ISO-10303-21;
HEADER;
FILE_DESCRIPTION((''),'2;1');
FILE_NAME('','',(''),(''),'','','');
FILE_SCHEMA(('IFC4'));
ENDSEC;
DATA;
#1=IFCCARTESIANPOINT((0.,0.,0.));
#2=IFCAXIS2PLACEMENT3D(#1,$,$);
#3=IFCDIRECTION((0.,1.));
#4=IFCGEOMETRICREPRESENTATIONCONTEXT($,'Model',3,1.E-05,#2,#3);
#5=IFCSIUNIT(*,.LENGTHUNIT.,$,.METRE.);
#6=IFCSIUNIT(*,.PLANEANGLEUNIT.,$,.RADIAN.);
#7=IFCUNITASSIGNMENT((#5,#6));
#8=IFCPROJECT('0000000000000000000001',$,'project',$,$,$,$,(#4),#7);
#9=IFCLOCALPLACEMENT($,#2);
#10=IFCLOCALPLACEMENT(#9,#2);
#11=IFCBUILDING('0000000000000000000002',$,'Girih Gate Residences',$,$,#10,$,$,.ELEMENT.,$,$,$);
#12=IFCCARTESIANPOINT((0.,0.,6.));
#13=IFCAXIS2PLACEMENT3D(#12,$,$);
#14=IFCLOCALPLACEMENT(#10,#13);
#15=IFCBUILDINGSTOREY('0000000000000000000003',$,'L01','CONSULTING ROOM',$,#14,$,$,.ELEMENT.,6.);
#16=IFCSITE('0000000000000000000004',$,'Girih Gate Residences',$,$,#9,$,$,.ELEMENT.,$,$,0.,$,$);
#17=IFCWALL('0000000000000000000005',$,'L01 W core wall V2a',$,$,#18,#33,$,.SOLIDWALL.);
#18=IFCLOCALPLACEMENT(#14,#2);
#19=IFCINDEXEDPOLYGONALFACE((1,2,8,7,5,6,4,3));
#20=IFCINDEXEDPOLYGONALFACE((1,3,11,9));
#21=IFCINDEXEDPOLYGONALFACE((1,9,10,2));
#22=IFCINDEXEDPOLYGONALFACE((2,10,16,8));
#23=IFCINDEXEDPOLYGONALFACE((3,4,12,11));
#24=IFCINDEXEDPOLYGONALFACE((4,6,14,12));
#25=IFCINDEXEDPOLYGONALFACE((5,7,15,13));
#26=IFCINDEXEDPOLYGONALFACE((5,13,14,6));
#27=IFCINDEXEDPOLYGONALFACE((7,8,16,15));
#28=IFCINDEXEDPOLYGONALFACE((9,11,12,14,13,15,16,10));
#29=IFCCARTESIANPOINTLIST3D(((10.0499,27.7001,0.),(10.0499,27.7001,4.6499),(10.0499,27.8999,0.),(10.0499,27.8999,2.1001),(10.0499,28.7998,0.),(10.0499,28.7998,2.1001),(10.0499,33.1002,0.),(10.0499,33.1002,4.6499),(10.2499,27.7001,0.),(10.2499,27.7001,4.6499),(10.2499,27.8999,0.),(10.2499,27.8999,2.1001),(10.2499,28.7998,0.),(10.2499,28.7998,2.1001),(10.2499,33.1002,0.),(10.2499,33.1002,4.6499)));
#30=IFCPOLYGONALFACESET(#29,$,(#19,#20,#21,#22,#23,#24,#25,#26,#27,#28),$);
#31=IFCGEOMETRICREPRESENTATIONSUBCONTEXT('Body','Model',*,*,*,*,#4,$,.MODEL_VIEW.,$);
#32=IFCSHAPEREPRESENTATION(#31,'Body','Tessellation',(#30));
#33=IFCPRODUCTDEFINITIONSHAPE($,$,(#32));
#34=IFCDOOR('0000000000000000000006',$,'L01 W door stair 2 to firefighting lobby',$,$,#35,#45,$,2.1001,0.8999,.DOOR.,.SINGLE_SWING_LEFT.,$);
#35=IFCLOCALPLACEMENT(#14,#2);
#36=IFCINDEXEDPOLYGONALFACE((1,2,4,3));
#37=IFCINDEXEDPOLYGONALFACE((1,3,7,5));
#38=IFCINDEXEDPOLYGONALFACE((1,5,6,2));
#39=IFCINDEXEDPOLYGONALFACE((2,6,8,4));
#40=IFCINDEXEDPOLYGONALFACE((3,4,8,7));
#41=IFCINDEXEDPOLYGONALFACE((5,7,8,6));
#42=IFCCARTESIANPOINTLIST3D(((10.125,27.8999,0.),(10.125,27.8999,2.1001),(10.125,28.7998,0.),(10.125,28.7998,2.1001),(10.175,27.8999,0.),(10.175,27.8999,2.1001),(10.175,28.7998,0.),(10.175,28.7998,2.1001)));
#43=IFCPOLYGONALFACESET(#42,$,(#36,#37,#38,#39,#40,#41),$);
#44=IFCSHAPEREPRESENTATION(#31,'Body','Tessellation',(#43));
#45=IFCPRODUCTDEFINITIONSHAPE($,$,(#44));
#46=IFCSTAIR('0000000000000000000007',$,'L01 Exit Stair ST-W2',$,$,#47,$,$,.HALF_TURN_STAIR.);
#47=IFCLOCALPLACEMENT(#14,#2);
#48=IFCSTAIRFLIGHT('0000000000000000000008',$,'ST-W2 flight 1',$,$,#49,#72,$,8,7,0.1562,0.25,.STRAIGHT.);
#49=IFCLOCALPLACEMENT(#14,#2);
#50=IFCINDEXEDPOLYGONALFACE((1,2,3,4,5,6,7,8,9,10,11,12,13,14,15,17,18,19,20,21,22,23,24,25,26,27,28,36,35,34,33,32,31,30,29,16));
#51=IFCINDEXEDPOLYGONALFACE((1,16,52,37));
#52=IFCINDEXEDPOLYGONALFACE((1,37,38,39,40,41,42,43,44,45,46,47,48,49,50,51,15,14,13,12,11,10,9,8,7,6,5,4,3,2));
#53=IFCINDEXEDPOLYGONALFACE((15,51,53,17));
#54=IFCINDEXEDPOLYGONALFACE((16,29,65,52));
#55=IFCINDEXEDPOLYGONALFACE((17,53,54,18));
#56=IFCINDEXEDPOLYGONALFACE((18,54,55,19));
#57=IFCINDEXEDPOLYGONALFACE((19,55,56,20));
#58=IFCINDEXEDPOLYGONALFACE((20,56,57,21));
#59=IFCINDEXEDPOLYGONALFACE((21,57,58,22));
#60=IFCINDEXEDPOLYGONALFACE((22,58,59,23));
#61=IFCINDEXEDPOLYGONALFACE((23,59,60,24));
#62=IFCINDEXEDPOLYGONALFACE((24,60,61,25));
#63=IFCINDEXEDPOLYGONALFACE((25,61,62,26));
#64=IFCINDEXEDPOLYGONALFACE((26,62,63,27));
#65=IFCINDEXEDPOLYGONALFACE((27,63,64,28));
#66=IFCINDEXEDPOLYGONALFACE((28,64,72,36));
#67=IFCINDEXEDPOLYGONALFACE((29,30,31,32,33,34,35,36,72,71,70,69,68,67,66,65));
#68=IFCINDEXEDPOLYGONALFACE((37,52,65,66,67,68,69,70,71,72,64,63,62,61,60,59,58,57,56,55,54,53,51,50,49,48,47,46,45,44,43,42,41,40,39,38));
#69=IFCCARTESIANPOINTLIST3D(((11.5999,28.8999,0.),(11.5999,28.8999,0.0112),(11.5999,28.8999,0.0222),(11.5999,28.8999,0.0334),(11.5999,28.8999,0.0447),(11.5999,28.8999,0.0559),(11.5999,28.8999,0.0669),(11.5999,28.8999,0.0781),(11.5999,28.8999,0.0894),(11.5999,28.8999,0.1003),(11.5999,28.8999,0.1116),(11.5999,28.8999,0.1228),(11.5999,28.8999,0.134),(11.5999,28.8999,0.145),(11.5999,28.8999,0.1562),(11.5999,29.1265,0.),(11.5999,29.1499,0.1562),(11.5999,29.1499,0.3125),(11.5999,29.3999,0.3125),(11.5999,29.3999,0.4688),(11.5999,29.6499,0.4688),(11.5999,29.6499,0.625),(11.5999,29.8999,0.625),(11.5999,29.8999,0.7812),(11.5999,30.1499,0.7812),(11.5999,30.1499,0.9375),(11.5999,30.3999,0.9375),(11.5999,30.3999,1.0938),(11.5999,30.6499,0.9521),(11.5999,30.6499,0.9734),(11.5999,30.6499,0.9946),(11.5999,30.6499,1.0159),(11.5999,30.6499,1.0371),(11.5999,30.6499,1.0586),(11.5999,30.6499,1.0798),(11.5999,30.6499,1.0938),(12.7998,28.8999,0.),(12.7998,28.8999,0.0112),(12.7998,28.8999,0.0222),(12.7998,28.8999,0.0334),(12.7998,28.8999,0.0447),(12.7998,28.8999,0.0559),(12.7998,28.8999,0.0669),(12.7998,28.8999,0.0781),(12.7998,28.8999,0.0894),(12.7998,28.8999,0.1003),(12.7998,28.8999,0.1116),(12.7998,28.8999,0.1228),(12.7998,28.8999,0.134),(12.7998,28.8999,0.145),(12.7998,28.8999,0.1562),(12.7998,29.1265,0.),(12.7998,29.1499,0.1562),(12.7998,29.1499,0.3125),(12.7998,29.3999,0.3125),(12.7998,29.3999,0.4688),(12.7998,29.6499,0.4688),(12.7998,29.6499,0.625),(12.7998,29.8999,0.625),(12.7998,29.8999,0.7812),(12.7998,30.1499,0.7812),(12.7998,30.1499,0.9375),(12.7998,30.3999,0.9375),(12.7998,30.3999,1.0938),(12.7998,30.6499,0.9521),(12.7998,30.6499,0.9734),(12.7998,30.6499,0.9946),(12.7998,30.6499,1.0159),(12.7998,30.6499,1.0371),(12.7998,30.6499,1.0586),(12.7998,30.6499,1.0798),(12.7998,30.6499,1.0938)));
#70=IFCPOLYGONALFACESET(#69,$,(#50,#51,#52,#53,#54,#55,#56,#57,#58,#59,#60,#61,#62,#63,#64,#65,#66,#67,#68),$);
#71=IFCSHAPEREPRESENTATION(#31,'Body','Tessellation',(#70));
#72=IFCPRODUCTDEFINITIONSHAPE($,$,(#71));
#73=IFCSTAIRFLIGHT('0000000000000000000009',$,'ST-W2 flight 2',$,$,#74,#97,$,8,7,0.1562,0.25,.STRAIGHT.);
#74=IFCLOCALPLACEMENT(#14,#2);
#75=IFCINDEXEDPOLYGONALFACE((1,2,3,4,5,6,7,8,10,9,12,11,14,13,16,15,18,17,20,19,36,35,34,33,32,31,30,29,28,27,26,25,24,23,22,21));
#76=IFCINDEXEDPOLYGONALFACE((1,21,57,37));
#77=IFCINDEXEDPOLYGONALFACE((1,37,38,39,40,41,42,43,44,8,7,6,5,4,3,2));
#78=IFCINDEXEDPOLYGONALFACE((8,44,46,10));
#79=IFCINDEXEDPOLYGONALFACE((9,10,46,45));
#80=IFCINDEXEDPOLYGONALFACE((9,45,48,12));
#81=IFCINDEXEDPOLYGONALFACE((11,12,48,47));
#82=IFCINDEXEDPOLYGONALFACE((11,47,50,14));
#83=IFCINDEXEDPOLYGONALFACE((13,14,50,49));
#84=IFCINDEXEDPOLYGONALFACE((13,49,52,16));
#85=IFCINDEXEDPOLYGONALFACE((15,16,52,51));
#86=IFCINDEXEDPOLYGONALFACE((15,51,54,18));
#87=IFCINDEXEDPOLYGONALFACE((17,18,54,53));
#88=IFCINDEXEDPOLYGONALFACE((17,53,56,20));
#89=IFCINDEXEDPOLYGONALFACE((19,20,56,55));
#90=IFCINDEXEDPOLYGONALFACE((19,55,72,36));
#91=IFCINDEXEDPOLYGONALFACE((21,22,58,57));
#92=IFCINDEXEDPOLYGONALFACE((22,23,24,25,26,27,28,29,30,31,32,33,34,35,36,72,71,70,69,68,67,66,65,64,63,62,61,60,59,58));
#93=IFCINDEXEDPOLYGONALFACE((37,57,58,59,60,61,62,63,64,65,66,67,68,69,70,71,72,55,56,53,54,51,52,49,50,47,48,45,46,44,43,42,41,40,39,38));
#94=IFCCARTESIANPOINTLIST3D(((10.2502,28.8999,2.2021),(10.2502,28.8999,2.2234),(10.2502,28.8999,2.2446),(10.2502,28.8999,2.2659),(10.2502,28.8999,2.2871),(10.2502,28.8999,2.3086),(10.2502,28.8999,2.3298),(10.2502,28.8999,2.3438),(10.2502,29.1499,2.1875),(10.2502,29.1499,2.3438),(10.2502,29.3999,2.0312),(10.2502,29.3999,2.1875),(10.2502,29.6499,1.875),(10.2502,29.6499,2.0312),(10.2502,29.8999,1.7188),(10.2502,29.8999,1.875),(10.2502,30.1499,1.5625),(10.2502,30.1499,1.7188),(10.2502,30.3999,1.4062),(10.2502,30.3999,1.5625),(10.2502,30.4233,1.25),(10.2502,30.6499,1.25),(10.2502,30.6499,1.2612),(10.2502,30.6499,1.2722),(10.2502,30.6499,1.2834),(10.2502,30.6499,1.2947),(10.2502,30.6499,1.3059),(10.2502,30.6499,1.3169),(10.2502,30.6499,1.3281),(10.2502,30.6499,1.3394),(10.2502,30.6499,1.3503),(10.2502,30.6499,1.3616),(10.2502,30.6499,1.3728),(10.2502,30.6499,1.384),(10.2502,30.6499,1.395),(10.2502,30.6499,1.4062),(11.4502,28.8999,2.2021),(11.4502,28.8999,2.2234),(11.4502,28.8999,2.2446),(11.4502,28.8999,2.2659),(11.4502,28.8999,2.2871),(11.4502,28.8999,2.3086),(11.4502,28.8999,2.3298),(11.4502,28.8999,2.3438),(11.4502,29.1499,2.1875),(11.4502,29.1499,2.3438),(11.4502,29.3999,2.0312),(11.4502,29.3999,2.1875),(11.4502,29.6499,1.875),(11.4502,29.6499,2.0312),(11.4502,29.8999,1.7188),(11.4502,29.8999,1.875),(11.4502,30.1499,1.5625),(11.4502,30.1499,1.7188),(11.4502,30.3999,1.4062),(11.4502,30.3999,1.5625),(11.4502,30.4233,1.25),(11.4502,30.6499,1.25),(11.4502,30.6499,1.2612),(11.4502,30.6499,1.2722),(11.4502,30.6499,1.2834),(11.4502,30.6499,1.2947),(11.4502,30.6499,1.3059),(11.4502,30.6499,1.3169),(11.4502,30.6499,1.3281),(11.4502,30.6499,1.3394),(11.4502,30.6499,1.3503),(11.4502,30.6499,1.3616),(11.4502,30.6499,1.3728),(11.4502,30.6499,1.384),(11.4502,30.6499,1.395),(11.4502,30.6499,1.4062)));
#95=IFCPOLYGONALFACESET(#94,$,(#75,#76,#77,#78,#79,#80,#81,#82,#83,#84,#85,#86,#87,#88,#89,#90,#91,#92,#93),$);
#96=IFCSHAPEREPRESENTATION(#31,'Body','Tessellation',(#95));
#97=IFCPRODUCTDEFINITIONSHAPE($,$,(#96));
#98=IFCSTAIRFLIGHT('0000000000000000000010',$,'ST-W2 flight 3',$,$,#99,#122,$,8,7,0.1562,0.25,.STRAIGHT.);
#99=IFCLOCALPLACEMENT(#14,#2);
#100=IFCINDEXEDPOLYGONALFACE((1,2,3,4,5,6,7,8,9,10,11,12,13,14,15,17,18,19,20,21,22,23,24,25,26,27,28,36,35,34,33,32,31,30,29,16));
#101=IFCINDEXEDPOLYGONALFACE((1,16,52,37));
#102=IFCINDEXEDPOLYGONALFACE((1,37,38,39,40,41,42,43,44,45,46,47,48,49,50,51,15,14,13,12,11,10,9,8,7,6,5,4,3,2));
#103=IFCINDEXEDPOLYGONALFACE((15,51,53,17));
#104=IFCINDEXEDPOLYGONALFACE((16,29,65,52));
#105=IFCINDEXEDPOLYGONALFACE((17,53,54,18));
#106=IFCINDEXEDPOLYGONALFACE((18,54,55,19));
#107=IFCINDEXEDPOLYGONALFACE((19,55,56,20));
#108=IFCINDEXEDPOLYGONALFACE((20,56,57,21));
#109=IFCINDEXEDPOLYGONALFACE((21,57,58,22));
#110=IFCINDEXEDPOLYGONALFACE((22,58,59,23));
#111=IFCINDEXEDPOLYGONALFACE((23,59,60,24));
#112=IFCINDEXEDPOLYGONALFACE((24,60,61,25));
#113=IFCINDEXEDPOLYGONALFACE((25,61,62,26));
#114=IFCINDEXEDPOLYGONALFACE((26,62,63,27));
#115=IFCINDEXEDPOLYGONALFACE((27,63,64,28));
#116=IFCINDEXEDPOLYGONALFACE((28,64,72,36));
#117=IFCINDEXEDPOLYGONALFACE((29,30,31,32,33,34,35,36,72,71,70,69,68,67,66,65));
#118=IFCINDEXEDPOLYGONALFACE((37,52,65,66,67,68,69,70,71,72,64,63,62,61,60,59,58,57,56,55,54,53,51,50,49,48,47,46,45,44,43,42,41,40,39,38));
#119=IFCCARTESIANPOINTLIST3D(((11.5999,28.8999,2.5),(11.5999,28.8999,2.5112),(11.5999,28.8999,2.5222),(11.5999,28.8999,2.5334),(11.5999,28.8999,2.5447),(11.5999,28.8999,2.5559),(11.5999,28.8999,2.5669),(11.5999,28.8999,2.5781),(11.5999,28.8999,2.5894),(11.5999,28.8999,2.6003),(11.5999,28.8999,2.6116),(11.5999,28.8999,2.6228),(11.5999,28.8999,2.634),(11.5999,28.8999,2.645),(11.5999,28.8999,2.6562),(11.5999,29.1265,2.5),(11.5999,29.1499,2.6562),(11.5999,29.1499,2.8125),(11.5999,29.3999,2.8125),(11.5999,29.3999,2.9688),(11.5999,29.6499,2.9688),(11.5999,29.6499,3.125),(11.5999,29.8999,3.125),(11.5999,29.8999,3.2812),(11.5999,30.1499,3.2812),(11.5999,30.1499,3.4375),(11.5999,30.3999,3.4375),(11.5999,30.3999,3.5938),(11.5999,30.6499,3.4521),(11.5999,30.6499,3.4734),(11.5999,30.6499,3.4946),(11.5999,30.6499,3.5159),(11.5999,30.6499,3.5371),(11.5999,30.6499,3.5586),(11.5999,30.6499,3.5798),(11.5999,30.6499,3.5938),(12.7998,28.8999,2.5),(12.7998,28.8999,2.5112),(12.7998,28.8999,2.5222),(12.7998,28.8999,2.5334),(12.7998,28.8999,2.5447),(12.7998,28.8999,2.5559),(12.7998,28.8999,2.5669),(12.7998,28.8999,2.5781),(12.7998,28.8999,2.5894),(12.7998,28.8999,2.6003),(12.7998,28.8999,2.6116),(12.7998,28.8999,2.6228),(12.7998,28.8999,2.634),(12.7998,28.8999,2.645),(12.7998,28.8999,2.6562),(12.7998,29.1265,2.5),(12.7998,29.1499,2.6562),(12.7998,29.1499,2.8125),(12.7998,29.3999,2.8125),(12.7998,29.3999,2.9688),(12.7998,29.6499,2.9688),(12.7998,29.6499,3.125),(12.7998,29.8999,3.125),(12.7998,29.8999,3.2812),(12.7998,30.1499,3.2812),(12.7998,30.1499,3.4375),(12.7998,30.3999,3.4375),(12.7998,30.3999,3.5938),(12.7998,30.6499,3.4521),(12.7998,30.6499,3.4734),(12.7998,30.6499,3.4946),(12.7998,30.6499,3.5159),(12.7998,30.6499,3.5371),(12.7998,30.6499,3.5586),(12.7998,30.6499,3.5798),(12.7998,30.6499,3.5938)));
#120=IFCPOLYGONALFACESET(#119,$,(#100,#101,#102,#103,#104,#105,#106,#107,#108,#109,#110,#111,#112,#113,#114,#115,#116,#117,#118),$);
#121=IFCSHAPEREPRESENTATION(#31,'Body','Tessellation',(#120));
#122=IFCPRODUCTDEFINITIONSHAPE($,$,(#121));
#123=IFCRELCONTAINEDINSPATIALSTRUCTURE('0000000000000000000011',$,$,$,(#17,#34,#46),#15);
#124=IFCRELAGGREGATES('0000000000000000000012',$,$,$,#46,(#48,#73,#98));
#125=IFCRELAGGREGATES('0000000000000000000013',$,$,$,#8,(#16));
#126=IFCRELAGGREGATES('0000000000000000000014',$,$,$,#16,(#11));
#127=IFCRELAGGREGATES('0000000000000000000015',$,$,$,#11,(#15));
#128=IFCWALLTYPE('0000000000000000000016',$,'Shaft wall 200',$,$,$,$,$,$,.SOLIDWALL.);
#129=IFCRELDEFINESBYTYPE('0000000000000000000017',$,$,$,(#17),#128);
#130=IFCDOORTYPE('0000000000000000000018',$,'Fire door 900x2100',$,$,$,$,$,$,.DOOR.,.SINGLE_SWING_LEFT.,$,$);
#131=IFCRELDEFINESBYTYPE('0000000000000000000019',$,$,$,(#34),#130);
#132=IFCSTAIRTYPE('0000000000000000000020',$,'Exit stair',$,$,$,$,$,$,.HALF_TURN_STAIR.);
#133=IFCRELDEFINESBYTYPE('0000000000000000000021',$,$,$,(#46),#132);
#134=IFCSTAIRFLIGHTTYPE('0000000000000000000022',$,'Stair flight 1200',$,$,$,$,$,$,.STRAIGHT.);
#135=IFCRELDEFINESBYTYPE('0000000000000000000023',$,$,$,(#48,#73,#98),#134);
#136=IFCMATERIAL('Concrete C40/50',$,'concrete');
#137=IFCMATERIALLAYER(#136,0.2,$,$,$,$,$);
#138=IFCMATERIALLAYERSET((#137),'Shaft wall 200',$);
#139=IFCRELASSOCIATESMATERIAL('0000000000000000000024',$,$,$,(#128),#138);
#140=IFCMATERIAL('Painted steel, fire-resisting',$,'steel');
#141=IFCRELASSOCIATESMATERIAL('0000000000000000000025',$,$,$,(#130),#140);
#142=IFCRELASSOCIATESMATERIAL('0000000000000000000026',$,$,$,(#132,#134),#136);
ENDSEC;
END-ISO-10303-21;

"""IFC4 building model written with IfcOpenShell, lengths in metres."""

from ifc_helpers import new_model, si_unit, direction, frame, frame_2d, origin, place, context, subcontext, project, spatial, polyline, rectangle, outline, extrude, material, layer, layer_set, type_object, element, fill, aggregate, save


model = new_model("IFC4")

# Units and contexts
model_context = context("Model", 3, precision=1e-05, world=origin(), true_north=direction((0.0, 1.0)))
body_context = subcontext(model_context, "Body", "Model", "MODEL_VIEW")
ifc_project = project(units=[si_unit("LENGTHUNIT", "METRE"), si_unit("PLANEANGLEUNIT", "RADIAN")], contexts=[model_context])

# Site, building, storey
site_placement = place(None, origin())
site = spatial("IfcSite", under=ifc_project, at=site_placement, Name="Girih Gate Residences", CompositionType="ELEMENT", RefElevation=0.0)
building_placement = place(site_placement, origin())
building = spatial("IfcBuilding", under=site, at=building_placement, Name="Girih Gate Residences", CompositionType="ELEMENT")
storey_placement = place(building_placement, frame((0.0, 0.0, 6.0)))
storey = spatial("IfcBuildingStorey", under=building, at=storey_placement, Name="L01", Description="CONSULTING ROOM", CompositionType="ELEMENT", Elevation=6.0)

# Shared definitions
ifc_material_1 = material(Name="Painted steel, fire-resisting", Category="steel")

# Wall, opening, door
ifc_material_2 = material(Name="Concrete C40/50", Category="concrete")
ifc_layer_1 = layer(ifc_material_2, 0.2)
ifc_layer_set_1 = layer_set([ifc_layer_1], Name="Shaft wall 200")
wall_type_1 = type_object("IfcWallType", Name="Shaft wall 200", PredefinedType="SOLIDWALL", material=ifc_layer_set_1)
wall_1_placement = place(storey_placement, frame((10.1499, 27.7, 0.0), z_axis=(0.0, 0.0, 1.0), x_axis=(0.0, 1.0, 0.0)))
wall_1 = element("IfcWall", 1, at=wall_1_placement, inside=storey, type_object=wall_type_1, Name="L01 W core wall V2a", PredefinedType="SOLIDWALL", context=body_context, shape_type="SweptSolid", body=[
    extrude(rectangle(XDim=5.4001, YDim=0.2, at=frame_2d((2.7002, 0.0))), origin(), (0.0, 0.0, 1.0), 4.6499),
])
opening_1_placement = place(wall_1_placement, frame((0.2, 0.0, 0.0)))
opening_1 = element("IfcOpeningElement", 2, at=opening_1_placement, cuts=wall_1, PredefinedType="OPENING", context=body_context, shape_type="SweptSolid", body=[
    extrude(rectangle(XDim=0.8999, YDim=2.1001, at=frame_2d((0.45, 1.05))), frame((0.0, 0.1099, 0.0), z_axis=(0.0, -1.0, 0.0), x_axis=(1.0, 0.0, 0.0)), (0.0, 0.0, 1.0), 0.22),
])
door_type_1 = type_object("IfcDoorType", Name="Fire door 900x2100", OperationType="SINGLE_SWING_LEFT", PredefinedType="DOOR", material=ifc_material_1)
door_1_placement = place(opening_1_placement, origin())
door_1 = element("IfcDoor", 3, at=door_1_placement, inside=storey, type_object=door_type_1, Name="L01 W door stair 2 to firefighting lobby", OperationType="SINGLE_SWING_LEFT", OverallHeight=2.1001, OverallWidth=0.8999, PredefinedType="DOOR", context=body_context, shape_type="SweptSolid", body=[
    extrude(rectangle(XDim=0.8999, YDim=2.1001, at=frame_2d((0.45, 1.05))), frame((0.0, 0.0249, 0.0), z_axis=(0.0, -1.0, 0.0), x_axis=(1.0, 0.0, 0.0)), (0.0, 0.0, 1.0), 0.05),
])
fill(opening_1, door_1)

# Stair, stair flights
stair_type = type_object("IfcStairType", Name="Exit stair", PredefinedType="HALF_TURN_STAIR", material=ifc_material_2)
stair_placement = place(storey_placement, origin())
stair = element("IfcStair", 4, at=stair_placement, inside=storey, type_object=stair_type, Name="L01 Exit Stair ST-W2", PredefinedType="HALF_TURN_STAIR")
stair_flight_type = type_object("IfcStairFlightType", Name="Stair flight 1200", PredefinedType="STRAIGHT", material=ifc_material_2)
stair_flight_1_placement = place(storey_placement, frame((12.2, 28.8999, 0.0), z_axis=(0.0, 0.0, 1.0), x_axis=(0.0, 1.0, 0.0)))
stair_flight_1 = element("IfcStairFlight", 5, at=stair_flight_1_placement, type_object=stair_flight_type, Name="ST-W2 flight 1", NumberOfRisers=8, NumberOfTreads=7, PredefinedType="STRAIGHT", RiserHeight=0.1562, TreadLength=0.25, context=body_context, shape_type="SweptSolid", body=[
    extrude(outline(polyline([(0.0, 0.0), (0.0, 0.0112), (0.0, 0.0222), (0.0, 0.0334), (0.0, 0.0447), (0.0, 0.0559), (0.0, 0.0669), (0.0, 0.0781), (0.0, 0.0894), (0.0, 0.1003), (0.0, 0.1116), (0.0, 0.1228), (0.0, 0.134), (0.0, 0.145), (0.0, 0.1562), (0.25, 0.1562), (0.25, 0.3125), (0.5, 0.3125), (0.5, 0.4688), (0.75, 0.4688), (0.75, 0.625), (1.0, 0.625), (1.0, 0.7812), (1.25, 0.7812), (1.25, 0.9375), (1.5, 0.9375), (1.5, 1.0938), (1.75, 1.0938), (1.75, 1.105), (1.75, 1.116), (1.75, 1.1272), (1.75, 1.1384), (1.75, 1.1497), (1.75, 1.1606), (1.75, 1.1719), (1.75, 1.1831), (1.75, 1.1941), (1.75, 1.2053), (1.75, 1.2166), (1.75, 1.2278), (1.75, 1.2388), (1.75, 1.25), (1.75, 1.2288), (1.75, 1.2075), (1.75, 1.1863), (1.75, 1.1648), (1.75, 1.1436), (1.75, 1.1223), (1.75, 1.1011), (1.75, 1.0798), (1.75, 1.0586), (1.75, 1.0371), (1.75, 1.0159), (1.75, 0.9946), (1.75, 0.9734), (1.75, 0.9521), (0.2266, 0.0), (0.0, 0.0)])), frame((0.0, 0.6001, 0.0), z_axis=(0.0, -1.0, 0.0), x_axis=(1.0, 0.0, 0.0)), (0.0, 0.0, 1.0), 1.2),
])
stair_flight_2_placement = place(storey_placement, frame((10.8501, 30.6499, 1.25), z_axis=(0.0, 0.0, 1.0), x_axis=(0.0, -1.0, 0.0)))
stair_flight_2 = element("IfcStairFlight", 6, at=stair_flight_2_placement, type_object=stair_flight_type, Name="ST-W2 flight 2", NumberOfRisers=8, NumberOfTreads=7, PredefinedType="STRAIGHT", RiserHeight=0.1562, TreadLength=0.25, context=body_context, shape_type="SweptSolid", body=[
    extrude(outline(polyline([(0.0, 0.0), (0.0, 0.0112), (0.0, 0.0222), (0.0, 0.0334), (0.0, 0.0447), (0.0, 0.0559), (0.0, 0.0669), (0.0, 0.0781), (0.0, 0.0894), (0.0, 0.1003), (0.0, 0.1116), (0.0, 0.1228), (0.0, 0.134), (0.0, 0.145), (0.0, 0.1562), (0.25, 0.1562), (0.25, 0.3125), (0.5, 0.3125), (0.5, 0.4688), (0.75, 0.4688), (0.75, 0.625), (1.0, 0.625), (1.0, 0.7812), (1.25, 0.7812), (1.25, 0.9375), (1.5, 0.9375), (1.5, 1.0938), (1.75, 1.0938), (1.75, 1.105), (1.75, 1.116), (1.75, 1.1272), (1.75, 1.1384), (1.75, 1.1497), (1.75, 1.1606), (1.75, 1.1719), (1.75, 1.1831), (1.75, 1.1941), (1.75, 1.2053), (1.75, 1.2166), (1.75, 1.2278), (1.75, 1.2388), (1.75, 1.25), (1.75, 1.2288), (1.75, 1.2075), (1.75, 1.1863), (1.75, 1.1648), (1.75, 1.1436), (1.75, 1.1223), (1.75, 1.1011), (1.75, 1.0798), (1.75, 1.0586), (1.75, 1.0371), (1.75, 1.0159), (1.75, 0.9946), (1.75, 0.9734), (1.75, 0.9521), (0.2266, 0.0), (0.0, 0.0)])), frame((0.0, 0.6001, 0.0), z_axis=(0.0, -1.0, 0.0), x_axis=(1.0, 0.0, 0.0)), (0.0, 0.0, 1.0), 1.2),
])
stair_flight_3_placement = place(storey_placement, frame((12.2, 28.8999, 2.5), z_axis=(0.0, 0.0, 1.0), x_axis=(0.0, 1.0, 0.0)))
stair_flight_3 = element("IfcStairFlight", 7, at=stair_flight_3_placement, type_object=stair_flight_type, Name="ST-W2 flight 3", NumberOfRisers=8, NumberOfTreads=7, PredefinedType="STRAIGHT", RiserHeight=0.1562, TreadLength=0.25, context=body_context, shape_type="SweptSolid", body=[
    extrude(outline(polyline([(0.0, 0.0), (0.0, 0.0112), (0.0, 0.0222), (0.0, 0.0334), (0.0, 0.0447), (0.0, 0.0559), (0.0, 0.0669), (0.0, 0.0781), (0.0, 0.0894), (0.0, 0.1003), (0.0, 0.1116), (0.0, 0.1228), (0.0, 0.134), (0.0, 0.145), (0.0, 0.1562), (0.25, 0.1562), (0.25, 0.3125), (0.5, 0.3125), (0.5, 0.4688), (0.75, 0.4688), (0.75, 0.625), (1.0, 0.625), (1.0, 0.7812), (1.25, 0.7812), (1.25, 0.9375), (1.5, 0.9375), (1.5, 1.0938), (1.75, 1.0938), (1.75, 1.105), (1.75, 1.116), (1.75, 1.1272), (1.75, 1.1384), (1.75, 1.1497), (1.75, 1.1606), (1.75, 1.1719), (1.75, 1.1831), (1.75, 1.1941), (1.75, 1.2053), (1.75, 1.2166), (1.75, 1.2278), (1.75, 1.2388), (1.75, 1.25), (1.75, 1.2288), (1.75, 1.2075), (1.75, 1.1863), (1.75, 1.1648), (1.75, 1.1436), (1.75, 1.1223), (1.75, 1.1011), (1.75, 1.0798), (1.75, 1.0586), (1.75, 1.0371), (1.75, 1.0159), (1.75, 0.9946), (1.75, 0.9734), (1.75, 0.9521), (0.2266, 0.0), (0.0, 0.0)])), frame((0.0, 0.6001, 0.0), z_axis=(0.0, -1.0, 0.0), x_axis=(1.0, 0.0, 0.0)), (0.0, 0.0, 1.0), 1.2),
])
aggregate(stair, [stair_flight_1, stair_flight_2, stair_flight_3])

save(model, "model.ifc")
